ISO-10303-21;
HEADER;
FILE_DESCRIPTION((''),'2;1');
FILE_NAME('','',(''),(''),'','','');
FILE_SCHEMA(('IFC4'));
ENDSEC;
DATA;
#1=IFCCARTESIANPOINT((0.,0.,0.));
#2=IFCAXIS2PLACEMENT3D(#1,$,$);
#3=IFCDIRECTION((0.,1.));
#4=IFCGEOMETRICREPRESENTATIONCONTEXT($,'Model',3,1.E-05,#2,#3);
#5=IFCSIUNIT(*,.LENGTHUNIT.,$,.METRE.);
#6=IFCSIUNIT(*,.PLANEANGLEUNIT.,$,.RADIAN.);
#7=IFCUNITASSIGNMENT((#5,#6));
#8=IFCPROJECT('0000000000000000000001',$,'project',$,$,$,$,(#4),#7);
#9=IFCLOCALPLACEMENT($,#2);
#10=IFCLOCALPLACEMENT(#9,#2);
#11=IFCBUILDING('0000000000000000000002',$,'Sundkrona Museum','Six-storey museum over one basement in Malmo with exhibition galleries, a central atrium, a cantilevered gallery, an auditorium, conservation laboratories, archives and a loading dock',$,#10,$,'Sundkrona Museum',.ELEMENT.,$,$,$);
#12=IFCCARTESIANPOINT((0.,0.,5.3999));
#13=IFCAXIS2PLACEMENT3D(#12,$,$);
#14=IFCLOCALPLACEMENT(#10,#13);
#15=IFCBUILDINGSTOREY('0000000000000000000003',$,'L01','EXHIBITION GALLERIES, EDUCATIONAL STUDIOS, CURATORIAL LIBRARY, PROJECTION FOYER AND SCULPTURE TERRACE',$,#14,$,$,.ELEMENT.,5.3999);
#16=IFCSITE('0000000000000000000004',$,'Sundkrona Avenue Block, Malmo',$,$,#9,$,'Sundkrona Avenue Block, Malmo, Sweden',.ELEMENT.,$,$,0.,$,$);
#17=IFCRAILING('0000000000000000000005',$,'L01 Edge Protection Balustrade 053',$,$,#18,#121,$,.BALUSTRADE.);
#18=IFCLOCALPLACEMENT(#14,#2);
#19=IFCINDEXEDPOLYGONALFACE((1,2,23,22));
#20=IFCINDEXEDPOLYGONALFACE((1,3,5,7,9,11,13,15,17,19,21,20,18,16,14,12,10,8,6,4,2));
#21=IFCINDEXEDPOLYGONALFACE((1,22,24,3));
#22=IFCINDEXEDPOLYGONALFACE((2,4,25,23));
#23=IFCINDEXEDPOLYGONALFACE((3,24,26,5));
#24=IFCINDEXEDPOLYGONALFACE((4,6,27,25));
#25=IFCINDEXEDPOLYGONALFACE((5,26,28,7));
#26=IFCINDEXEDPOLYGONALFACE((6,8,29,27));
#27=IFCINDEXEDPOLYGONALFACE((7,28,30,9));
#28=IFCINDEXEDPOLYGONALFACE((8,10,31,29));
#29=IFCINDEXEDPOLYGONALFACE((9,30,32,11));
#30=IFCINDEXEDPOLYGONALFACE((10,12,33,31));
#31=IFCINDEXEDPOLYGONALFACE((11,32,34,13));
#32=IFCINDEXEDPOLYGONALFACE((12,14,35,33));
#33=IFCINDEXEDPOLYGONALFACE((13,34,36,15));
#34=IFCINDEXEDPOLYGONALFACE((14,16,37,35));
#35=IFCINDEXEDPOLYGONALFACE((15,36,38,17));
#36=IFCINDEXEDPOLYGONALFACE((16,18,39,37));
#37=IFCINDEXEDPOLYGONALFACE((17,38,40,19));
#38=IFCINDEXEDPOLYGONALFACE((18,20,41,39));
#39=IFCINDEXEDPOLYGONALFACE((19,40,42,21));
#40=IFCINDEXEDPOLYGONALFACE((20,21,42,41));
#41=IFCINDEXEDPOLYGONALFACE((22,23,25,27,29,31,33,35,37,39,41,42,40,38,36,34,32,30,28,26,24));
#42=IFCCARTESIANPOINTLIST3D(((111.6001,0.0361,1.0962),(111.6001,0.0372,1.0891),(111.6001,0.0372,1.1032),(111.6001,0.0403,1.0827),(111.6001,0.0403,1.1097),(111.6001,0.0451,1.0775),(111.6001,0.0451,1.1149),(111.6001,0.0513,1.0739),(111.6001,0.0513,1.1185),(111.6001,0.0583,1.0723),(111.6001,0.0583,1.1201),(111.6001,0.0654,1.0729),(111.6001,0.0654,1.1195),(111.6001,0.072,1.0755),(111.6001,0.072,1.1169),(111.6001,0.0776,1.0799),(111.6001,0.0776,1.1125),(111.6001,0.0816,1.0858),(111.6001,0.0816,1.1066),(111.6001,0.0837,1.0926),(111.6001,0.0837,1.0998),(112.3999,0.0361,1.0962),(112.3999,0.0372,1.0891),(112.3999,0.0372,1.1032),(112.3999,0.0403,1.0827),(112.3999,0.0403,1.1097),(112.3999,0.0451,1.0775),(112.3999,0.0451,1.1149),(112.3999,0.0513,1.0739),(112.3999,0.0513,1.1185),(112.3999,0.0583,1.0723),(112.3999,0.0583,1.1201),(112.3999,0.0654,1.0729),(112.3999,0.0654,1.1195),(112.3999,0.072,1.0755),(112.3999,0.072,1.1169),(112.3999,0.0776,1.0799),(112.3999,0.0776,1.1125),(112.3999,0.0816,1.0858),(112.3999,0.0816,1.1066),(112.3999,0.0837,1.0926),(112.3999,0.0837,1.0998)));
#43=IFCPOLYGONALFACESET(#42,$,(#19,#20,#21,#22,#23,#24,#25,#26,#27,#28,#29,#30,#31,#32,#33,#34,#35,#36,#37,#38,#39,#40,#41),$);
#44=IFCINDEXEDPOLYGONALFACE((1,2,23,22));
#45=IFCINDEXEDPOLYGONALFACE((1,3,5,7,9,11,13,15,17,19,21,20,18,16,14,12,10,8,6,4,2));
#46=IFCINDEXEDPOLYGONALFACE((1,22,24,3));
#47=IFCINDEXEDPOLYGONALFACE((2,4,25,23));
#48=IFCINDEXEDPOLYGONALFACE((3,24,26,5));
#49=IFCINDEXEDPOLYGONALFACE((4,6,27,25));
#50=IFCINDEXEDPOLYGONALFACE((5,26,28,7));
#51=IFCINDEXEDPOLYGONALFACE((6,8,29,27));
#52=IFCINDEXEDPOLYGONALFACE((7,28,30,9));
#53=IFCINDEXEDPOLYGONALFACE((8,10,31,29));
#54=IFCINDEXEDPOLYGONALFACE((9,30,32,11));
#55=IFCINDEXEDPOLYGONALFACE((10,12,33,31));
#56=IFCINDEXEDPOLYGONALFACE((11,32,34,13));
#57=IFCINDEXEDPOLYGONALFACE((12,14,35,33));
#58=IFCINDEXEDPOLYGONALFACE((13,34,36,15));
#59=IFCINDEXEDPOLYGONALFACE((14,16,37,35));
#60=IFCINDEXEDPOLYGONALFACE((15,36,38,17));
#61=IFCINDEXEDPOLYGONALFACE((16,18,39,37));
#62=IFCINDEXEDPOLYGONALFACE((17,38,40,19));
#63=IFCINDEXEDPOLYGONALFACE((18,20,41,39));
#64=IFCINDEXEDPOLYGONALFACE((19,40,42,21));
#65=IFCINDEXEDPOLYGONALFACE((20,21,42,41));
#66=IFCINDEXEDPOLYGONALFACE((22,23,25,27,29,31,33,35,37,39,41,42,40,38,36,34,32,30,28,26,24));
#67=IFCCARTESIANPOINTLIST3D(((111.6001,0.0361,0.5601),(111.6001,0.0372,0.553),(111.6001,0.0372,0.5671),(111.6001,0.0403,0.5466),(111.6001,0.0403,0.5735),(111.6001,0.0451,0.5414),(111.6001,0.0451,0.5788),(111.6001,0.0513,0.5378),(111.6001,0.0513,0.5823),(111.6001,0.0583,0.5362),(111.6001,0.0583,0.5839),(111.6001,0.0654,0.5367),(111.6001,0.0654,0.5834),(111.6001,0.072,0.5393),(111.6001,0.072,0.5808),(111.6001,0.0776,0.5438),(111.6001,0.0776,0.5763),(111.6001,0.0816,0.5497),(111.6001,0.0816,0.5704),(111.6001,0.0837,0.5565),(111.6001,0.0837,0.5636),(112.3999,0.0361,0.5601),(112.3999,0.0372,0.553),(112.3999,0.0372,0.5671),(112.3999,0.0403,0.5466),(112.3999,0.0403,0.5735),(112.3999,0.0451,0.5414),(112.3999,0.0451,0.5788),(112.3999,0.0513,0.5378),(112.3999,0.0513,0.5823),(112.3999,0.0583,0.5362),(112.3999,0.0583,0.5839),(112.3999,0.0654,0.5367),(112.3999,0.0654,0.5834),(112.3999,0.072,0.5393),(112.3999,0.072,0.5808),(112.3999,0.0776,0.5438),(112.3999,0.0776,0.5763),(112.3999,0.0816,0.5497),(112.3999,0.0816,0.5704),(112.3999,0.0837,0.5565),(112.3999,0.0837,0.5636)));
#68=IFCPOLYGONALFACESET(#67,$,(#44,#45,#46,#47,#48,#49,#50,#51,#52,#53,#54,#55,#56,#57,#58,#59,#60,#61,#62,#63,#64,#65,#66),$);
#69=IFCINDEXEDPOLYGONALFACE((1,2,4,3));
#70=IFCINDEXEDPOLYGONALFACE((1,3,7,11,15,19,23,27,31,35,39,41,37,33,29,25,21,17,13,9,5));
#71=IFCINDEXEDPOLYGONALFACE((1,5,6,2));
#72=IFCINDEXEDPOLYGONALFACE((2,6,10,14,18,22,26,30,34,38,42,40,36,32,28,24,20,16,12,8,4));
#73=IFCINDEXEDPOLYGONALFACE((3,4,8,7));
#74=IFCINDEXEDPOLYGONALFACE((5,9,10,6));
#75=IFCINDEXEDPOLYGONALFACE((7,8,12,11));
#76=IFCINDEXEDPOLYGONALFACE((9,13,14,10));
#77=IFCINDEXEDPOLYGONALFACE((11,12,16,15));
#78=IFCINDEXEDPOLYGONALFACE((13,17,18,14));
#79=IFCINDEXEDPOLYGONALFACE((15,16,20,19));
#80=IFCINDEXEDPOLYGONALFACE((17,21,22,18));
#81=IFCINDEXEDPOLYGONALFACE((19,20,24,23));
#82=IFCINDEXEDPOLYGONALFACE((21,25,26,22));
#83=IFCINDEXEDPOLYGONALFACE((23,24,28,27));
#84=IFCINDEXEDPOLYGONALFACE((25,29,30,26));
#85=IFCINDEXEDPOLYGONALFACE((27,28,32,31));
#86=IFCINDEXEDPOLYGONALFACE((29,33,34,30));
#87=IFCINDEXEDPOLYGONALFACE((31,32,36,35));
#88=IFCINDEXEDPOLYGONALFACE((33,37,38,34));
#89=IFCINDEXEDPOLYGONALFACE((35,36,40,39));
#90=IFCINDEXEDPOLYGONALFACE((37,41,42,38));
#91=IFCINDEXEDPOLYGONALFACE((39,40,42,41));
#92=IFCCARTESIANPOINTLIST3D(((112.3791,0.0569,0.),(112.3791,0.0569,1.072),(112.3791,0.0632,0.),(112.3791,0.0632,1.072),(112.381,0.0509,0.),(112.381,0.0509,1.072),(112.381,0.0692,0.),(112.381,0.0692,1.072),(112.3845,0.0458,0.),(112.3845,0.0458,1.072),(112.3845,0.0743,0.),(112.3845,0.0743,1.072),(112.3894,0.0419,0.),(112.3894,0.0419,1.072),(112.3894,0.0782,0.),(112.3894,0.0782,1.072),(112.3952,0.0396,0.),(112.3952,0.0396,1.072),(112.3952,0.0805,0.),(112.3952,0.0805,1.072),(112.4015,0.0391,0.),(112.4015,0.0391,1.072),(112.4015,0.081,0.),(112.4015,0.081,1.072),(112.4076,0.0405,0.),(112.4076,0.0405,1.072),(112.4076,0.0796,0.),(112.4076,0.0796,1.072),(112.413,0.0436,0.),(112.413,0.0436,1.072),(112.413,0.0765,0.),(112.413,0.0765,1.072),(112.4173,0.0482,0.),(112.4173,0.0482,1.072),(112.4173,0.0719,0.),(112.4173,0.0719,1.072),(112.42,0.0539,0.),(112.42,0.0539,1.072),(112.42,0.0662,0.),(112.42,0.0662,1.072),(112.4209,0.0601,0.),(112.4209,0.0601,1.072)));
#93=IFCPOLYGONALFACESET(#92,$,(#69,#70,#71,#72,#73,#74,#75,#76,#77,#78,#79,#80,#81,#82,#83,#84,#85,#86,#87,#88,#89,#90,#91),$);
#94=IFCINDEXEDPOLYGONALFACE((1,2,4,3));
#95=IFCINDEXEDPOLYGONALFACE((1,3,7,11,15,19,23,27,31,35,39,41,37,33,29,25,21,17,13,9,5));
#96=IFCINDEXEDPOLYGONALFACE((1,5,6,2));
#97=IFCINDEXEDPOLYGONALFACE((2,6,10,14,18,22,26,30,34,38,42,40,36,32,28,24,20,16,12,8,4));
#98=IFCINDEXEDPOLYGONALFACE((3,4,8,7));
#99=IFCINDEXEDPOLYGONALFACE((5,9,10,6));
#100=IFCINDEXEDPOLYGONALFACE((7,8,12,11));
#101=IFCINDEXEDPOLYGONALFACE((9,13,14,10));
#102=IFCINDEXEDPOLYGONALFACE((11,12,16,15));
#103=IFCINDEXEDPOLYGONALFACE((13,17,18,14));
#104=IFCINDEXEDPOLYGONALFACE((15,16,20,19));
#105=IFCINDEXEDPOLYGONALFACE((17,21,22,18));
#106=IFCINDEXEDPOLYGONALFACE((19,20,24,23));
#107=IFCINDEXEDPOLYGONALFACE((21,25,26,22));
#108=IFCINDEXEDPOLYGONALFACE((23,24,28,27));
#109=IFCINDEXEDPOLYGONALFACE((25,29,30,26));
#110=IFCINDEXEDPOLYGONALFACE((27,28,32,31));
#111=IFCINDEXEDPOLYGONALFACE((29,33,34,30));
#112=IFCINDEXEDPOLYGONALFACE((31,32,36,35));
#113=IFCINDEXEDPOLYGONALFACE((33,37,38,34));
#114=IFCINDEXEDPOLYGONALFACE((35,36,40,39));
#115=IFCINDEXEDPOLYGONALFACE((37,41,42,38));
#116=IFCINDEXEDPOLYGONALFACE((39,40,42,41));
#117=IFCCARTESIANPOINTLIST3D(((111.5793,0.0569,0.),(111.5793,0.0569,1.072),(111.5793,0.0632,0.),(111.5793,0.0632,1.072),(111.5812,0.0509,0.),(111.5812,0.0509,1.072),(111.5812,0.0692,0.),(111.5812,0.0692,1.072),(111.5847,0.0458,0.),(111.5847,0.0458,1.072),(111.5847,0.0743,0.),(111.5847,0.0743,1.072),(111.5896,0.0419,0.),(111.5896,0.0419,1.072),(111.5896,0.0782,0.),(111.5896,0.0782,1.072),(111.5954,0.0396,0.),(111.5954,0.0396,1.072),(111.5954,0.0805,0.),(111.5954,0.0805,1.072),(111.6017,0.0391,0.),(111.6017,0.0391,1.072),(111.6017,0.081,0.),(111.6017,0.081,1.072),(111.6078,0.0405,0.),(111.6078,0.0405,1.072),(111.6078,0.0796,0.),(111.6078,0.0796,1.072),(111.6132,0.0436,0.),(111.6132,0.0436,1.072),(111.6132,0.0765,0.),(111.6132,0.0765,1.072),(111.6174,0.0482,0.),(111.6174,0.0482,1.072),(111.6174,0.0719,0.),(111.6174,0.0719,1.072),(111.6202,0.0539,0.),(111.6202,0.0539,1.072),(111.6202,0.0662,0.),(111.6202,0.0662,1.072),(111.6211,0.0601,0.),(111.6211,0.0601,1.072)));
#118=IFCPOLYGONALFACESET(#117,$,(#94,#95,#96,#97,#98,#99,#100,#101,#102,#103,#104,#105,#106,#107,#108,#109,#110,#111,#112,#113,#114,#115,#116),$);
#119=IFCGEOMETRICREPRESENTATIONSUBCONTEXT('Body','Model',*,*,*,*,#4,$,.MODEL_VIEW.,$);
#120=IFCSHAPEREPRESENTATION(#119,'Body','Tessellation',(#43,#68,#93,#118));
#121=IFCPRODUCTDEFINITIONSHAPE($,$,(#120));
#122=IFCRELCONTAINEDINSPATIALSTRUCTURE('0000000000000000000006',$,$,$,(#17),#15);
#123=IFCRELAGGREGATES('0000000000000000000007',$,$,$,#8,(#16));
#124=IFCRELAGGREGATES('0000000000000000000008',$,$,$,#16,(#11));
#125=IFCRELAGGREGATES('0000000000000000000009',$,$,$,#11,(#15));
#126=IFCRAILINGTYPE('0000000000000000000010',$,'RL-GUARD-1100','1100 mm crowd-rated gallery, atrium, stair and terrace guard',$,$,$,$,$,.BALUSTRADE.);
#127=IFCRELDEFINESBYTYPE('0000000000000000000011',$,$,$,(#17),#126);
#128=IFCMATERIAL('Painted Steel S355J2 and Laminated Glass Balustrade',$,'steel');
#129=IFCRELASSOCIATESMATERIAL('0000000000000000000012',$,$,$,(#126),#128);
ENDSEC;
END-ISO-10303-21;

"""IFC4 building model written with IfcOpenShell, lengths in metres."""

from ifc_helpers import new_model, si_unit, direction, frame, origin, origin_2d, place, context, subcontext, project, spatial, circle, extrude, material, type_object, element, save


model = new_model("IFC4")

# Units and contexts
model_context = context("Model", 3, precision=1e-05, world=origin(), true_north=direction((0.0, 1.0)))
body_context = subcontext(model_context, "Body", "Model", "MODEL_VIEW")
ifc_project = project(units=[si_unit("LENGTHUNIT", "METRE"), si_unit("PLANEANGLEUNIT", "RADIAN")], contexts=[model_context])

# Site, building, storey
site_placement = place(None, origin())
site = spatial("IfcSite", under=ifc_project, at=site_placement, Name="Sundkrona Avenue Block, Malmo", LongName="Sundkrona Avenue Block, Malmo, Sweden", CompositionType="ELEMENT", RefElevation=0.0)
building_placement = place(site_placement, origin())
building = spatial("IfcBuilding", under=site, at=building_placement, Name="Sundkrona Museum", Description="Six-storey museum over one basement in Malmo with exhibition galleries, a central atrium, a cantilevered gallery, an auditorium, conservation laboratories, archives and a loading dock", LongName="Sundkrona Museum", CompositionType="ELEMENT")
storey_placement = place(building_placement, frame((0.0, 0.0, 5.3999)))
storey = spatial("IfcBuildingStorey", under=building, at=storey_placement, Name="L01", Description="EXHIBITION GALLERIES, EDUCATIONAL STUDIOS, CURATORIAL LIBRARY, PROJECTION FOYER AND SCULPTURE TERRACE", CompositionType="ELEMENT", Elevation=5.3999)

# Railing
ifc_material_1 = material(Name="Painted Steel S355J2 and Laminated Glass Balustrade", Category="steel")
railing_type = type_object("IfcRailingType", Name="RL-GUARD-1100", Description="1100 mm crowd-rated gallery, atrium, stair and terrace guard", PredefinedType="BALUSTRADE", material=ifc_material_1)
railing_1_placement = place(storey_placement, frame((112.3999, 0.0601, 0.0)))
element("IfcRailing", 1, at=railing_1_placement, inside=storey, type_object=railing_type, Name="L01 Edge Protection Balustrade 053", PredefinedType="BALUSTRADE", context=body_context, shape_type="SweptSolid", body=[
    extrude(circle(Radius=0.0239, at=origin_2d()), frame((0.0, 0.0, 1.0962), z_axis=(-1.0, 0.0, 0.0), x_axis=(0.0, -1.0, 0.0)), (0.0, 0.0, 1.0), 0.7998),
    extrude(circle(Radius=0.0239, at=origin_2d()), frame((0.0, 0.0, 0.5601), z_axis=(-1.0, 0.0, 0.0), x_axis=(0.0, -1.0, 0.0)), (0.0, 0.0, 1.0), 0.7998),
    extrude(circle(Radius=0.021, at=origin_2d()), origin(), (0.0, 0.0, 1.0), 1.072),
    extrude(circle(Radius=0.021, at=origin_2d()), frame((-0.7998, 0.0, 0.0)), (0.0, 0.0, 1.0), 1.072),
])

save(model, "model.ifc")
